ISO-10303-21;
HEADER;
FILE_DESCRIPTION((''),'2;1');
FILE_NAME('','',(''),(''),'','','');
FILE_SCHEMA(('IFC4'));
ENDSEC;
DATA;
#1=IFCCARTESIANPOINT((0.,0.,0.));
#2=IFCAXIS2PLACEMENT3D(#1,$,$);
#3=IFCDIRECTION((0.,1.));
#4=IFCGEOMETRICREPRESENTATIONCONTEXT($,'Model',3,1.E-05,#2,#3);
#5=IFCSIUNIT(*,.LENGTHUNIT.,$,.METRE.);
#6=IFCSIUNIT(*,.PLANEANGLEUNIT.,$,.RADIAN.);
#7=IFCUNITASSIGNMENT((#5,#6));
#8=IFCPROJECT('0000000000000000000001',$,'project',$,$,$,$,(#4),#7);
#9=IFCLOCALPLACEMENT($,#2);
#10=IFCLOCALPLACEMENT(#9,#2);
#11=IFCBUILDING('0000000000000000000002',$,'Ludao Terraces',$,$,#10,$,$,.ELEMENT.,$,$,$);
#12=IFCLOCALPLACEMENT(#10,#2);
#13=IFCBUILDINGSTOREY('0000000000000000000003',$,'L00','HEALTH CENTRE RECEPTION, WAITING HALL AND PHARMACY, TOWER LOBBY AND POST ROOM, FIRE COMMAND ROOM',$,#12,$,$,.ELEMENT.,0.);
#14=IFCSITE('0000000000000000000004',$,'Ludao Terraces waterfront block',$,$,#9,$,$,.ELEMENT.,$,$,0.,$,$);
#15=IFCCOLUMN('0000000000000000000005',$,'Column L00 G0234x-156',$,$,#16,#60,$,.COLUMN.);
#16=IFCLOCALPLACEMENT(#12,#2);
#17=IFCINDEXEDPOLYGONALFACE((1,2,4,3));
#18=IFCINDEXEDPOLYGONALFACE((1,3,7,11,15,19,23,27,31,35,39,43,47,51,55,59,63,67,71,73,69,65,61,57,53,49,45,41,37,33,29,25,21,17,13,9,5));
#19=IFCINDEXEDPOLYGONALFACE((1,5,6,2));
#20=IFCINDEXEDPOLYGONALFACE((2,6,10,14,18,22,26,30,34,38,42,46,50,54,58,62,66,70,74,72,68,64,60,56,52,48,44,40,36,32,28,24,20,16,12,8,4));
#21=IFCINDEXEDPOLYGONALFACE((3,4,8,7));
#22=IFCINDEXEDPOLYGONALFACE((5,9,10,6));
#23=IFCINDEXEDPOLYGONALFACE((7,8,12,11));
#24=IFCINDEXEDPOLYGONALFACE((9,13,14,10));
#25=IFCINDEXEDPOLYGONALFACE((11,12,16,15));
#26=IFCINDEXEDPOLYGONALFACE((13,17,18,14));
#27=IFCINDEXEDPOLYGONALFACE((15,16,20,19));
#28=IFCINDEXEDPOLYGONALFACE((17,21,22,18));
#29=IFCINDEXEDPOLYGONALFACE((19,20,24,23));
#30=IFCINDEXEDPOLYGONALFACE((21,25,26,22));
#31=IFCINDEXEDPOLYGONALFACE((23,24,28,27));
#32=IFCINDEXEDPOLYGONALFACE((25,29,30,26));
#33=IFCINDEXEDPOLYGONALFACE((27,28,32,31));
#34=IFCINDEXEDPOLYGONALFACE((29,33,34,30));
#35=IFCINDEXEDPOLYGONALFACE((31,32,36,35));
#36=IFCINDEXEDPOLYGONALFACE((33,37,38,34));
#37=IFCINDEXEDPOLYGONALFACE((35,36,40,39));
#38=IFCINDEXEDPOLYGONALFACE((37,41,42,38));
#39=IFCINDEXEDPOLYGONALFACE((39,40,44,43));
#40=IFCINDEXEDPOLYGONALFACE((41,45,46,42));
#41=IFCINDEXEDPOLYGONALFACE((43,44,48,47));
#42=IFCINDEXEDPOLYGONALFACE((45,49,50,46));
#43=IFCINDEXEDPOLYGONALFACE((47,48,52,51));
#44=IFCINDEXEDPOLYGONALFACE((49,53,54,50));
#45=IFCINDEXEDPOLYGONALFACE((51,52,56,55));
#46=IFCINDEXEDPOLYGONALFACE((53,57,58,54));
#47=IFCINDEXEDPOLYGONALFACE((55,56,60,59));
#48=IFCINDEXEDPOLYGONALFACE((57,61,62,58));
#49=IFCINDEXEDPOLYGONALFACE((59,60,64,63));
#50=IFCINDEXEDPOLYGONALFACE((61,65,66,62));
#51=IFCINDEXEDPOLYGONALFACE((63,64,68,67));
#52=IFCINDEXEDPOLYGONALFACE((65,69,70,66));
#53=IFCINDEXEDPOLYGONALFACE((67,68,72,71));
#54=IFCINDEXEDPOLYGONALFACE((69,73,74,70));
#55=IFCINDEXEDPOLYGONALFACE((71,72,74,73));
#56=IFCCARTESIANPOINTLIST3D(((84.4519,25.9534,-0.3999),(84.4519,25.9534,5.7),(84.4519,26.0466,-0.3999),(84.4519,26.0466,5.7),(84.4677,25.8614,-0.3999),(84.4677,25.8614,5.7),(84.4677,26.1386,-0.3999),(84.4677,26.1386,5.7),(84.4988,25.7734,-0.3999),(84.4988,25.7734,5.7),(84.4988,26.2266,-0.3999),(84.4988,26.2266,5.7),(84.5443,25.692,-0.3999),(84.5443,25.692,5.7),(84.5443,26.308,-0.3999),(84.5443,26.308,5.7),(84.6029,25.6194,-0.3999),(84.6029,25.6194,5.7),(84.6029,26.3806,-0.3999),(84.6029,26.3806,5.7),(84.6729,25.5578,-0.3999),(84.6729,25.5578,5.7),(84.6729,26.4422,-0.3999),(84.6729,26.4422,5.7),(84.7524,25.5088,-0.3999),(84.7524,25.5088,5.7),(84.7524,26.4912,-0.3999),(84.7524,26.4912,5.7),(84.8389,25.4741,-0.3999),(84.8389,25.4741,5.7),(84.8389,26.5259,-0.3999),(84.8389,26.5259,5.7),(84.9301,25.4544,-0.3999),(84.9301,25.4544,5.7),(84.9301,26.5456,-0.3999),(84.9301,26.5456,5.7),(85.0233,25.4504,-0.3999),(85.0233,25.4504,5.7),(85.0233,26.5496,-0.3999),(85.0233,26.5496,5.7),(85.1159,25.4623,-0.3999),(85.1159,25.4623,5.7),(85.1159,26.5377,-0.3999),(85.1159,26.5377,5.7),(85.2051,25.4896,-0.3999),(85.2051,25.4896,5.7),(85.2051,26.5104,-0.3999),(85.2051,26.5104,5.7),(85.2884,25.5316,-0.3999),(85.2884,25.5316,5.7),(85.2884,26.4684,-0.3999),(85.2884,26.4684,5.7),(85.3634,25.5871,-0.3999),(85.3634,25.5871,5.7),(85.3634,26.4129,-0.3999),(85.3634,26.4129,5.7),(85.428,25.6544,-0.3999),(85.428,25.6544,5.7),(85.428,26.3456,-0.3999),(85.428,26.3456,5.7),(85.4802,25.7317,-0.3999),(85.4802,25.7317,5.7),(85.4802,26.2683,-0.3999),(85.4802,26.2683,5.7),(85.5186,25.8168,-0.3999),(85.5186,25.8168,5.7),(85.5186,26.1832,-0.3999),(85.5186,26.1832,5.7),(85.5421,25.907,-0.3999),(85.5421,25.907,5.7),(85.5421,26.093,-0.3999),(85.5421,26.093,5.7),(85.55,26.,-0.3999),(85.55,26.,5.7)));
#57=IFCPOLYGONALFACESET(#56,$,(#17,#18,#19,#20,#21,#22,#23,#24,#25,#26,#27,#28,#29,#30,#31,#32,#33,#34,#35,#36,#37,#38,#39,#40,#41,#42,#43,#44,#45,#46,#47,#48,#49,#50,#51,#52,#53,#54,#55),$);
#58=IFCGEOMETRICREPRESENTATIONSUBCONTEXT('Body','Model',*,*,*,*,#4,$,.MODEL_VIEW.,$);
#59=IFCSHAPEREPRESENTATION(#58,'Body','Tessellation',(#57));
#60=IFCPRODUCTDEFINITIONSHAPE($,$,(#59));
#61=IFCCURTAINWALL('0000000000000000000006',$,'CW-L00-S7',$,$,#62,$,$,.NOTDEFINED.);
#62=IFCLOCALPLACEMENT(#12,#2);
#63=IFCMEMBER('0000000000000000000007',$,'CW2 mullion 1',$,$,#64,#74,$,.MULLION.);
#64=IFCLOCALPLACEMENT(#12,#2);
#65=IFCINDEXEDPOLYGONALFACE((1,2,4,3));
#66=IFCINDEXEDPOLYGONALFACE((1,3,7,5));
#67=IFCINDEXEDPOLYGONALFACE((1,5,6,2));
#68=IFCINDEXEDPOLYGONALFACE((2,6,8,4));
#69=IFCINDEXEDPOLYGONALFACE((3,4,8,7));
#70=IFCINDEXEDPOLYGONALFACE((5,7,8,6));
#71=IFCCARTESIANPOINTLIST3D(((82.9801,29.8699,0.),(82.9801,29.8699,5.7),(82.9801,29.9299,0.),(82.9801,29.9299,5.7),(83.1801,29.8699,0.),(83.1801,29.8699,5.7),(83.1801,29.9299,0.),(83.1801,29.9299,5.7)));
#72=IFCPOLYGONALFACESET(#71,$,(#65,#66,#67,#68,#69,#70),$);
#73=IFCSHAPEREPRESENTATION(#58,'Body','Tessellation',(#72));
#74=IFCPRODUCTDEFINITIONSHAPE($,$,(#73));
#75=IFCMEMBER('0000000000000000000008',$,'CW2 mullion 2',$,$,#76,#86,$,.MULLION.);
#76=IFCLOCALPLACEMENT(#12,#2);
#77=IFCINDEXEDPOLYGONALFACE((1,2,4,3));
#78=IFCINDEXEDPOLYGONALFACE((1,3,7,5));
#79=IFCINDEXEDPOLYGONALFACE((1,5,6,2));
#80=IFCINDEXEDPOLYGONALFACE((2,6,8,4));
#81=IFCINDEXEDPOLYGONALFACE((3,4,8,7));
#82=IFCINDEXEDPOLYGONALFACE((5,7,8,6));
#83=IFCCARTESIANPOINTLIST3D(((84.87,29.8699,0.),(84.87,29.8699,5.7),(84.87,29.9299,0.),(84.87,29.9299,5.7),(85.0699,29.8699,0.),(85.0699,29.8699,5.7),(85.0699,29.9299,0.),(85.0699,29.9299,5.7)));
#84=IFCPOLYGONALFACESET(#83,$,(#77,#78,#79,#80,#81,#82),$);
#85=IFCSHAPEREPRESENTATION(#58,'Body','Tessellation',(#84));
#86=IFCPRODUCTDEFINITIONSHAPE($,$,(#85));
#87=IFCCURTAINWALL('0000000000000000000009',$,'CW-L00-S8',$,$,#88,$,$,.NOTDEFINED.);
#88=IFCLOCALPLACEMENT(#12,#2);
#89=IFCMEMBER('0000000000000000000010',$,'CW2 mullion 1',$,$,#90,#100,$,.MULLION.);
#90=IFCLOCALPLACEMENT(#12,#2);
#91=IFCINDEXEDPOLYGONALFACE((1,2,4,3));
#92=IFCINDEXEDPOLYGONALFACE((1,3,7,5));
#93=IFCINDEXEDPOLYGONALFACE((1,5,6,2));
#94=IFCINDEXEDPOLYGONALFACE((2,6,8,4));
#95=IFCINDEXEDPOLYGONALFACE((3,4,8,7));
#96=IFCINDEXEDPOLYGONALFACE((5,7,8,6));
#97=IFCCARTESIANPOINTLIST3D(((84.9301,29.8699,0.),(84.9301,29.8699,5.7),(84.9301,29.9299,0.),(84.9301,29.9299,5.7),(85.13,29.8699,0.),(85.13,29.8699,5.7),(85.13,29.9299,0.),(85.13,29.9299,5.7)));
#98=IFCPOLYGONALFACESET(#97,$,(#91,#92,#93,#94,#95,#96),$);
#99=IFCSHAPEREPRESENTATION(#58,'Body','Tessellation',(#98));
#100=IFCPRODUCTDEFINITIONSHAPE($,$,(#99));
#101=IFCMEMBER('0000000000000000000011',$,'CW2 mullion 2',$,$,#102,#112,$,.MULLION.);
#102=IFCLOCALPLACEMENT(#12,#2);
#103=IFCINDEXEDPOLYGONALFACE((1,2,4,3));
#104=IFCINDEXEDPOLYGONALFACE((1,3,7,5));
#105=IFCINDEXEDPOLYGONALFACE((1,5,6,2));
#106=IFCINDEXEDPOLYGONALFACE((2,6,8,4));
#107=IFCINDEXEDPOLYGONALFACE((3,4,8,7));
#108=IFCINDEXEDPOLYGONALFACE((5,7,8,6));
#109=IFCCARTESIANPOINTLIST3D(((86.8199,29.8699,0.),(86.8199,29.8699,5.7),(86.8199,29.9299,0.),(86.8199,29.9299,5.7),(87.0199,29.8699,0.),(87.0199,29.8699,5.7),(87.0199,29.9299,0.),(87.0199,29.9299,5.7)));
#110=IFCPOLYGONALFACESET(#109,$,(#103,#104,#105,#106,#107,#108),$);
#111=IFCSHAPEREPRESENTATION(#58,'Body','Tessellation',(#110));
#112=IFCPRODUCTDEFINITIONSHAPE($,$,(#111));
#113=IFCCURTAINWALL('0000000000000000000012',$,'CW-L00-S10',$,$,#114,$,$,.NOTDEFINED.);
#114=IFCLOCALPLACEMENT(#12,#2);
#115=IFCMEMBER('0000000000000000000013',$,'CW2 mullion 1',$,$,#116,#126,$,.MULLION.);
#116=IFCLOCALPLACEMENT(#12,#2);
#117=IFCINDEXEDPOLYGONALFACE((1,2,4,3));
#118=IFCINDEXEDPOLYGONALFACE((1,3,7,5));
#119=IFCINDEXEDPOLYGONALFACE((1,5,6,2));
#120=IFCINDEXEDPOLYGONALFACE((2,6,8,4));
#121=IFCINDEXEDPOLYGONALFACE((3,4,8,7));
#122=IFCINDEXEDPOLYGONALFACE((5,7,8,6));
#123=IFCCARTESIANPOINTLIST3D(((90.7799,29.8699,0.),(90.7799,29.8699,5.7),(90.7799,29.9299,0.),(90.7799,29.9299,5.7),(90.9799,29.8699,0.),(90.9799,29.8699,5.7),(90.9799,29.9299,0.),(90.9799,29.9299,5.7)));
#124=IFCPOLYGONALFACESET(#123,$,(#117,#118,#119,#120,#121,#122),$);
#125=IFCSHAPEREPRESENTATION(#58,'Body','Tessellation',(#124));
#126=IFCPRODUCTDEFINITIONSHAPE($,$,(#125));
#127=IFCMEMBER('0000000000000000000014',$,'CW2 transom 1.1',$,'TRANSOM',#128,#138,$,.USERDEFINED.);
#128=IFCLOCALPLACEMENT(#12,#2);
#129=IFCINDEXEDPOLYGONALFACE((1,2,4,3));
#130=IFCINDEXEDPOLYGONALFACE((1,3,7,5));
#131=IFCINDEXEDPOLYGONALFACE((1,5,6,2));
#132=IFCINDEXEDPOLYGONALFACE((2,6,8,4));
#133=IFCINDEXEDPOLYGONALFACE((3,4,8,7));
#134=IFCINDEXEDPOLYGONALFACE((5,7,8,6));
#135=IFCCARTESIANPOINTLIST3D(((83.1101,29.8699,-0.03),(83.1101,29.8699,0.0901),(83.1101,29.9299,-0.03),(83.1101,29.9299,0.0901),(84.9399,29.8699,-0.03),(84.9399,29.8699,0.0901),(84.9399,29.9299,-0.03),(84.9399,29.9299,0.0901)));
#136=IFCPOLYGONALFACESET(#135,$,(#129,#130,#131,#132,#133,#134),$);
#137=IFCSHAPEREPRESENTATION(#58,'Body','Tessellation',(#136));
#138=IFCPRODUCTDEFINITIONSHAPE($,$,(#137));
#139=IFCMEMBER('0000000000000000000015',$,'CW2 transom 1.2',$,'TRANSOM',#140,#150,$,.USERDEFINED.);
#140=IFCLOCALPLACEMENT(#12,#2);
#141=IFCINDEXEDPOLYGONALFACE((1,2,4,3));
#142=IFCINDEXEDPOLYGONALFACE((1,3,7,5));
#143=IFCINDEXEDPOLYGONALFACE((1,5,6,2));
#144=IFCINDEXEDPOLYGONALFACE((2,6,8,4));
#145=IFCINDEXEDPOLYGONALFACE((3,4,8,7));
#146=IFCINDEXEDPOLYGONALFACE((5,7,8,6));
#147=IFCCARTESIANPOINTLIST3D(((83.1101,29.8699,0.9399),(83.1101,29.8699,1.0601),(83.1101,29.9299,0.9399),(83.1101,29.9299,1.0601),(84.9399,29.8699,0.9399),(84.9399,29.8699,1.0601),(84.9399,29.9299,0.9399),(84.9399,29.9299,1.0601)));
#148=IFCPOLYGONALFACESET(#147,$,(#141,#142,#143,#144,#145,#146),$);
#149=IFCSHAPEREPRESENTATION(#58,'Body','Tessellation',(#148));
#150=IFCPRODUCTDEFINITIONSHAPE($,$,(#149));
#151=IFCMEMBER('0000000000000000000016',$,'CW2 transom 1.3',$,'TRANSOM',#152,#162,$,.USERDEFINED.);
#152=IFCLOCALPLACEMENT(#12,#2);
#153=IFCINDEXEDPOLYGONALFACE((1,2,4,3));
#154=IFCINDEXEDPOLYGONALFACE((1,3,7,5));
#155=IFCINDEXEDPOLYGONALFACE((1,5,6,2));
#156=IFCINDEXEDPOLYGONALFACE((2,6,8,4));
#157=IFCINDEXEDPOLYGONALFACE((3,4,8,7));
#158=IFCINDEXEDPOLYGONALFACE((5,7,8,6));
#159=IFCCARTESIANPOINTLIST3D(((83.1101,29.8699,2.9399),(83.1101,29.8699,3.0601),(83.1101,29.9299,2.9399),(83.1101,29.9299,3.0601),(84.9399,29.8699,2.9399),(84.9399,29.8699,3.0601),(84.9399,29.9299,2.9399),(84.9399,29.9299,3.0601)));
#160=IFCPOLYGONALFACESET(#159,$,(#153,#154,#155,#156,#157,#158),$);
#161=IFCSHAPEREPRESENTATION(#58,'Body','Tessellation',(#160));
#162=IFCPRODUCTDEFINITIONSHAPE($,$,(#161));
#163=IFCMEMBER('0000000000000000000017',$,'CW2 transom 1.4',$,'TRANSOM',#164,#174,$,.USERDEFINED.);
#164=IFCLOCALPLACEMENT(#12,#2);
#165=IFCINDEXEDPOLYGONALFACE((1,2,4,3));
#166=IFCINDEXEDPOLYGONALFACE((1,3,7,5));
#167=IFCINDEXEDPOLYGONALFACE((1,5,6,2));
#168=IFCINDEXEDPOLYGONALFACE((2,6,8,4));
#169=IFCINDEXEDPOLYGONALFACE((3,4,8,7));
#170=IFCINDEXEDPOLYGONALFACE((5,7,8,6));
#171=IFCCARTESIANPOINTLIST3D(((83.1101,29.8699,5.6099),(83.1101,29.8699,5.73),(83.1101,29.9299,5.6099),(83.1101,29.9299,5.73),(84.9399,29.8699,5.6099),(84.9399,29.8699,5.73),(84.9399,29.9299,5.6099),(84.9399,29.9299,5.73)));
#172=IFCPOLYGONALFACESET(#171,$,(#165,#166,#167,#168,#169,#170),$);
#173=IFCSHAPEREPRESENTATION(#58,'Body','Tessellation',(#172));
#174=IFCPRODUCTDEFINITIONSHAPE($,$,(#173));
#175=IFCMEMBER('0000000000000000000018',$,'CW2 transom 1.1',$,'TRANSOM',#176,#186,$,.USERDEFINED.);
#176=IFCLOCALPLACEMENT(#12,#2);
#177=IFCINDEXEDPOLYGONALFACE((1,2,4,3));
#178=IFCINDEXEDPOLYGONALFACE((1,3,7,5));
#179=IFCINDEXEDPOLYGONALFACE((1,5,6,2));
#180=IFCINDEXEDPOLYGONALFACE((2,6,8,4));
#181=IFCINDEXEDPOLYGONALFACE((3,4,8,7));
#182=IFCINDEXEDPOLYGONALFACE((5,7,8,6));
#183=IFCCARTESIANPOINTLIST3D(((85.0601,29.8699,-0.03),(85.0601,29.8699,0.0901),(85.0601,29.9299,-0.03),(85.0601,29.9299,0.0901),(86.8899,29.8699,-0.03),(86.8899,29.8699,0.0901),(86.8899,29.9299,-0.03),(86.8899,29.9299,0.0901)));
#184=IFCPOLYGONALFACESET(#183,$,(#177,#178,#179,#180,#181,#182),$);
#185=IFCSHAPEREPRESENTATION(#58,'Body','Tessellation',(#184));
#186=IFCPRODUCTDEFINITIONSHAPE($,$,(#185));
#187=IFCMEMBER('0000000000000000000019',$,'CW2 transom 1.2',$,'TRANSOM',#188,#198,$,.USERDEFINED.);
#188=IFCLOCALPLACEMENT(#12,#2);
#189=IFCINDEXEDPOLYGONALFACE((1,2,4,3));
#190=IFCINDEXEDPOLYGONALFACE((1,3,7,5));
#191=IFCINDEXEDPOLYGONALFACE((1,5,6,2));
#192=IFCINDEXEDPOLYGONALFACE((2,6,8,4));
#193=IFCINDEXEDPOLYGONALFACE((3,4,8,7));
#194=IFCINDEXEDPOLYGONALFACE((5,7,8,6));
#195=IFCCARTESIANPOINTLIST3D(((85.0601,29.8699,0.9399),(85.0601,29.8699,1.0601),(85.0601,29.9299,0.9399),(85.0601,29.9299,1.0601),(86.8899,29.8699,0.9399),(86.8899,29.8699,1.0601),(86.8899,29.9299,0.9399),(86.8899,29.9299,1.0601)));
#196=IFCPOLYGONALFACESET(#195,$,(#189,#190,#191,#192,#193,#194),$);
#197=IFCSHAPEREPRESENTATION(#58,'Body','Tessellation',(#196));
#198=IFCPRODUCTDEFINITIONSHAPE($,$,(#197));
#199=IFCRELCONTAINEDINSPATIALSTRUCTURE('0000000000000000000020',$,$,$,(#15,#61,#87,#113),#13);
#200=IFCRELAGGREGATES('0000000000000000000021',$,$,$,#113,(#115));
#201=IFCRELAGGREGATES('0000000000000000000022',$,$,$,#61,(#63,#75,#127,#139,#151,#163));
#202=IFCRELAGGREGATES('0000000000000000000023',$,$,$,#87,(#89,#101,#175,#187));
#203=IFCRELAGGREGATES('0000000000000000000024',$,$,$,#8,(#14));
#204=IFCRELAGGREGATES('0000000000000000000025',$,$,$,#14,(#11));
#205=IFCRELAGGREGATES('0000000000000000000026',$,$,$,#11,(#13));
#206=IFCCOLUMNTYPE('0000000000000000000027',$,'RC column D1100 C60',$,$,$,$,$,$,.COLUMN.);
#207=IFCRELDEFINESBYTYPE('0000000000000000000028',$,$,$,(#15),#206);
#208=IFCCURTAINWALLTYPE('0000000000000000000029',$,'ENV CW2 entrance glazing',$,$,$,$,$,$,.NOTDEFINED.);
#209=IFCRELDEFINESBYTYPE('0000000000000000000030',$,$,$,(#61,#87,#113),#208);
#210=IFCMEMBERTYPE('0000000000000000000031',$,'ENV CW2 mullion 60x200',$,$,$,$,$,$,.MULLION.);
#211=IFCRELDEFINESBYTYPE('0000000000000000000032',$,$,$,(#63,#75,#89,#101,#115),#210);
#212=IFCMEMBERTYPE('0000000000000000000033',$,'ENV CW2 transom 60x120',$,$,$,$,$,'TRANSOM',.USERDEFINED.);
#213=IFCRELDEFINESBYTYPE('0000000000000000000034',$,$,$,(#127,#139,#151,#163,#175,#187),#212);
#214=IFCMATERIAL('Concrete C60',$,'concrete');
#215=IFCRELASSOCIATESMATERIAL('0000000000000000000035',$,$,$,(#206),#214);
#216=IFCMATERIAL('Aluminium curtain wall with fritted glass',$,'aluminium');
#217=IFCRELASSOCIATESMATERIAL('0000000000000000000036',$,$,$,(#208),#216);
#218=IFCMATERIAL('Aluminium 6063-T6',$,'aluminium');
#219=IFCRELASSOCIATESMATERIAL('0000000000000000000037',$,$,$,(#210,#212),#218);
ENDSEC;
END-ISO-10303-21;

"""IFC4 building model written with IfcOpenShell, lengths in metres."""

from ifc_helpers import new_model, si_unit, direction, frame, origin, origin_2d, place, context, subcontext, project, spatial, rectangle, circle, extrude, material, material_profile, profile_set, type_object, element, aggregate, save


model = new_model("IFC4")

# Units and contexts
model_context = context("Model", 3, precision=1e-05, world=origin(), true_north=direction((0.0, 1.0)))
body_context = subcontext(model_context, "Body", "Model", "MODEL_VIEW")
ifc_project = project(units=[si_unit("LENGTHUNIT", "METRE"), si_unit("PLANEANGLEUNIT", "RADIAN")], contexts=[model_context])

# Site, building, storey
site_placement = place(None, origin())
site = spatial("IfcSite", under=ifc_project, at=site_placement, Name="Ludao Terraces waterfront block", CompositionType="ELEMENT", RefElevation=0.0)
building_placement = place(site_placement, origin())
building = spatial("IfcBuilding", under=site, at=building_placement, Name="Ludao Terraces", CompositionType="ELEMENT")
storey_placement = place(building_placement, origin())
storey = spatial("IfcBuildingStorey", under=building, at=storey_placement, Name="L00", Description="HEALTH CENTRE RECEPTION, WAITING HALL AND PHARMACY, TOWER LOBBY AND POST ROOM, FIRE COMMAND ROOM", CompositionType="ELEMENT", Elevation=0.0)

# Column
ifc_material_1 = material(Name="Concrete C60", Category="concrete")
ifc_material_profile_1 = material_profile(ifc_material_1, circle(Radius=0.55, at=origin_2d()), Name="D1100")
ifc_profile_set_1 = profile_set([ifc_material_profile_1], Name="Concrete C60")
column_type = type_object("IfcColumnType", Name="RC column D1100 C60", PredefinedType="COLUMN", material=ifc_profile_set_1)
column_placement = place(storey_placement, frame((85.0, 26.0, -0.3999), z_axis=(0.0, 0.0, 1.0), x_axis=(1.0, 0.0, 0.0)))
element("IfcColumn", 1, at=column_placement, inside=storey, type_object=column_type, Name="Column L00 G0234x-156", PredefinedType="COLUMN", context=body_context, shape_type="SweptSolid", body=[
    extrude(circle(Radius=0.55, at=origin_2d()), origin(), (0.0, 0.0, 1.0), 6.0999),
])

# Curtain walls, members
ifc_material_2 = material(Name="Aluminium curtain wall with fritted glass", Category="aluminium")
curtain_wall_type = type_object("IfcCurtainWallType", Name="ENV CW2 entrance glazing", PredefinedType="NOTDEFINED", material=ifc_material_2)
curtain_wall_1_placement = place(storey_placement, origin())
curtain_wall_1 = element("IfcCurtainWall", 2, at=curtain_wall_1_placement, inside=storey, type_object=curtain_wall_type, Name="CW-L00-S7", PredefinedType="NOTDEFINED")
ifc_material_3 = material(Name="Aluminium 6063-T6", Category="aluminium")
ifc_material_profile_2 = material_profile(ifc_material_3, rectangle(XDim=0.0601, YDim=0.2, at=origin_2d()), Name="60 X 200")
ifc_profile_set_2 = profile_set([ifc_material_profile_2], Name="Aluminium 6063-T6")
member_type_1 = type_object("IfcMemberType", Name="ENV CW2 mullion 60x200", PredefinedType="MULLION", material=ifc_profile_set_2)
member_1_placement = place(storey_placement, frame((83.0801, 29.8999, 0.0), z_axis=(0.0, 0.0, 1.0), x_axis=(0.0, 1.0, 0.0)))
member_1 = element("IfcMember", 3, at=member_1_placement, type_object=member_type_1, Name="CW2 mullion 1", PredefinedType="MULLION", context=body_context, shape_type="SweptSolid", body=[
    extrude(rectangle(XDim=0.0601, YDim=0.2, at=origin_2d()), origin(), (0.0, 0.0, 1.0), 5.7),
])
member_2_placement = place(storey_placement, frame((84.97, 29.8999, 0.0), z_axis=(0.0, 0.0, 1.0), x_axis=(0.0, 1.0, 0.0)))
member_2 = element("IfcMember", 4, at=member_2_placement, type_object=member_type_1, Name="CW2 mullion 2", PredefinedType="MULLION", context=body_context, shape_type="SweptSolid", body=[
    extrude(rectangle(XDim=0.0601, YDim=0.2, at=origin_2d()), origin(), (0.0, 0.0, 1.0), 5.7),
])
curtain_wall_2_placement = place(storey_placement, origin())
curtain_wall_2 = element("IfcCurtainWall", 5, at=curtain_wall_2_placement, inside=storey, type_object=curtain_wall_type, Name="CW-L00-S8", PredefinedType="NOTDEFINED")
member_3_placement = place(storey_placement, frame((85.03, 29.8999, 0.0), z_axis=(0.0, 0.0, 1.0), x_axis=(0.0, 1.0, 0.0)))
member_3 = element("IfcMember", 6, at=member_3_placement, type_object=member_type_1, Name="CW2 mullion 1", PredefinedType="MULLION", context=body_context, shape_type="SweptSolid", body=[
    extrude(rectangle(XDim=0.0601, YDim=0.2, at=origin_2d()), origin(), (0.0, 0.0, 1.0), 5.7),
])
member_4_placement = place(storey_placement, frame((86.9199, 29.8999, 0.0), z_axis=(0.0, 0.0, 1.0), x_axis=(0.0, 1.0, 0.0)))
member_4 = element("IfcMember", 7, at=member_4_placement, type_object=member_type_1, Name="CW2 mullion 2", PredefinedType="MULLION", context=body_context, shape_type="SweptSolid", body=[
    extrude(rectangle(XDim=0.0601, YDim=0.2, at=origin_2d()), origin(), (0.0, 0.0, 1.0), 5.7),
])

# Curtain wall, member
curtain_wall_3_placement = place(storey_placement, origin())
curtain_wall_3 = element("IfcCurtainWall", 8, at=curtain_wall_3_placement, inside=storey, type_object=curtain_wall_type, Name="CW-L00-S10", PredefinedType="NOTDEFINED")
member_5_placement = place(storey_placement, frame((90.8799, 29.8999, 0.0), z_axis=(0.0, 0.0, 1.0), x_axis=(0.0, 1.0, 0.0)))
member_5 = element("IfcMember", 9, at=member_5_placement, type_object=member_type_1, Name="CW2 mullion 1", PredefinedType="MULLION", context=body_context, shape_type="SweptSolid", body=[
    extrude(rectangle(XDim=0.0601, YDim=0.2, at=origin_2d()), origin(), (0.0, 0.0, 1.0), 5.7),
])
aggregate(curtain_wall_3, [member_5])

# Members
ifc_material_profile_3 = material_profile(ifc_material_3, rectangle(XDim=0.0601, YDim=0.1201, at=origin_2d()), Name="60 X 120")
ifc_profile_set_3 = profile_set([ifc_material_profile_3], Name="Aluminium 6063-T6")
member_type_2 = type_object("IfcMemberType", Name="ENV CW2 transom 60x120", ElementType="TRANSOM", PredefinedType="USERDEFINED", material=ifc_profile_set_3)
member_6_placement = place(storey_placement, frame((83.1101, 29.8999, 0.03), z_axis=(1.0, 0.0, 0.0), x_axis=(0.0, 1.0, 0.0)))
member_6 = element("IfcMember", 10, at=member_6_placement, type_object=member_type_2, Name="CW2 transom 1.1", ObjectType="TRANSOM", PredefinedType="USERDEFINED", context=body_context, shape_type="SweptSolid", body=[
    extrude(rectangle(XDim=0.0601, YDim=0.1201, at=origin_2d()), origin(), (0.0, 0.0, 1.0), 1.8298),
])
member_7_placement = place(storey_placement, frame((83.1101, 29.8999, 1.0), z_axis=(1.0, 0.0, 0.0), x_axis=(0.0, 1.0, 0.0)))
member_7 = element("IfcMember", 11, at=member_7_placement, type_object=member_type_2, Name="CW2 transom 1.2", ObjectType="TRANSOM", PredefinedType="USERDEFINED", context=body_context, shape_type="SweptSolid", body=[
    extrude(rectangle(XDim=0.0601, YDim=0.1201, at=origin_2d()), origin(), (0.0, 0.0, 1.0), 1.8298),
])
member_8_placement = place(storey_placement, frame((83.1101, 29.8999, 3.0), z_axis=(1.0, 0.0, 0.0), x_axis=(0.0, 1.0, 0.0)))
member_8 = element("IfcMember", 12, at=member_8_placement, type_object=member_type_2, Name="CW2 transom 1.3", ObjectType="TRANSOM", PredefinedType="USERDEFINED", context=body_context, shape_type="SweptSolid", body=[
    extrude(rectangle(XDim=0.0601, YDim=0.1201, at=origin_2d()), origin(), (0.0, 0.0, 1.0), 1.8298),
])
member_9_placement = place(storey_placement, frame((83.1101, 29.8999, 5.6699), z_axis=(1.0, 0.0, 0.0), x_axis=(0.0, 1.0, 0.0)))
member_9 = element("IfcMember", 13, at=member_9_placement, type_object=member_type_2, Name="CW2 transom 1.4", ObjectType="TRANSOM", PredefinedType="USERDEFINED", context=body_context, shape_type="SweptSolid", body=[
    extrude(rectangle(XDim=0.0601, YDim=0.1201, at=origin_2d()), origin(), (0.0, 0.0, 1.0), 1.8298),
])
member_10_placement = place(storey_placement, frame((85.0601, 29.8999, 0.03), z_axis=(1.0, 0.0, 0.0), x_axis=(0.0, 1.0, 0.0)))
member_10 = element("IfcMember", 14, at=member_10_placement, type_object=member_type_2, Name="CW2 transom 1.1", ObjectType="TRANSOM", PredefinedType="USERDEFINED", context=body_context, shape_type="SweptSolid", body=[
    extrude(rectangle(XDim=0.0601, YDim=0.1201, at=origin_2d()), origin(), (0.0, 0.0, 1.0), 1.8298),
])
member_11_placement = place(storey_placement, frame((85.0601, 29.8999, 1.0), z_axis=(1.0, 0.0, 0.0), x_axis=(0.0, 1.0, 0.0)))
member_11 = element("IfcMember", 15, at=member_11_placement, type_object=member_type_2, Name="CW2 transom 1.2", ObjectType="TRANSOM", PredefinedType="USERDEFINED", context=body_context, shape_type="SweptSolid", body=[
    extrude(rectangle(XDim=0.0601, YDim=0.1201, at=origin_2d()), origin(), (0.0, 0.0, 1.0), 1.8298),
])

aggregate(curtain_wall_1, [member_1, member_2, member_6, member_7, member_8, member_9])
aggregate(curtain_wall_2, [member_3, member_4, member_10, member_11])

save(model, "model.ifc")
